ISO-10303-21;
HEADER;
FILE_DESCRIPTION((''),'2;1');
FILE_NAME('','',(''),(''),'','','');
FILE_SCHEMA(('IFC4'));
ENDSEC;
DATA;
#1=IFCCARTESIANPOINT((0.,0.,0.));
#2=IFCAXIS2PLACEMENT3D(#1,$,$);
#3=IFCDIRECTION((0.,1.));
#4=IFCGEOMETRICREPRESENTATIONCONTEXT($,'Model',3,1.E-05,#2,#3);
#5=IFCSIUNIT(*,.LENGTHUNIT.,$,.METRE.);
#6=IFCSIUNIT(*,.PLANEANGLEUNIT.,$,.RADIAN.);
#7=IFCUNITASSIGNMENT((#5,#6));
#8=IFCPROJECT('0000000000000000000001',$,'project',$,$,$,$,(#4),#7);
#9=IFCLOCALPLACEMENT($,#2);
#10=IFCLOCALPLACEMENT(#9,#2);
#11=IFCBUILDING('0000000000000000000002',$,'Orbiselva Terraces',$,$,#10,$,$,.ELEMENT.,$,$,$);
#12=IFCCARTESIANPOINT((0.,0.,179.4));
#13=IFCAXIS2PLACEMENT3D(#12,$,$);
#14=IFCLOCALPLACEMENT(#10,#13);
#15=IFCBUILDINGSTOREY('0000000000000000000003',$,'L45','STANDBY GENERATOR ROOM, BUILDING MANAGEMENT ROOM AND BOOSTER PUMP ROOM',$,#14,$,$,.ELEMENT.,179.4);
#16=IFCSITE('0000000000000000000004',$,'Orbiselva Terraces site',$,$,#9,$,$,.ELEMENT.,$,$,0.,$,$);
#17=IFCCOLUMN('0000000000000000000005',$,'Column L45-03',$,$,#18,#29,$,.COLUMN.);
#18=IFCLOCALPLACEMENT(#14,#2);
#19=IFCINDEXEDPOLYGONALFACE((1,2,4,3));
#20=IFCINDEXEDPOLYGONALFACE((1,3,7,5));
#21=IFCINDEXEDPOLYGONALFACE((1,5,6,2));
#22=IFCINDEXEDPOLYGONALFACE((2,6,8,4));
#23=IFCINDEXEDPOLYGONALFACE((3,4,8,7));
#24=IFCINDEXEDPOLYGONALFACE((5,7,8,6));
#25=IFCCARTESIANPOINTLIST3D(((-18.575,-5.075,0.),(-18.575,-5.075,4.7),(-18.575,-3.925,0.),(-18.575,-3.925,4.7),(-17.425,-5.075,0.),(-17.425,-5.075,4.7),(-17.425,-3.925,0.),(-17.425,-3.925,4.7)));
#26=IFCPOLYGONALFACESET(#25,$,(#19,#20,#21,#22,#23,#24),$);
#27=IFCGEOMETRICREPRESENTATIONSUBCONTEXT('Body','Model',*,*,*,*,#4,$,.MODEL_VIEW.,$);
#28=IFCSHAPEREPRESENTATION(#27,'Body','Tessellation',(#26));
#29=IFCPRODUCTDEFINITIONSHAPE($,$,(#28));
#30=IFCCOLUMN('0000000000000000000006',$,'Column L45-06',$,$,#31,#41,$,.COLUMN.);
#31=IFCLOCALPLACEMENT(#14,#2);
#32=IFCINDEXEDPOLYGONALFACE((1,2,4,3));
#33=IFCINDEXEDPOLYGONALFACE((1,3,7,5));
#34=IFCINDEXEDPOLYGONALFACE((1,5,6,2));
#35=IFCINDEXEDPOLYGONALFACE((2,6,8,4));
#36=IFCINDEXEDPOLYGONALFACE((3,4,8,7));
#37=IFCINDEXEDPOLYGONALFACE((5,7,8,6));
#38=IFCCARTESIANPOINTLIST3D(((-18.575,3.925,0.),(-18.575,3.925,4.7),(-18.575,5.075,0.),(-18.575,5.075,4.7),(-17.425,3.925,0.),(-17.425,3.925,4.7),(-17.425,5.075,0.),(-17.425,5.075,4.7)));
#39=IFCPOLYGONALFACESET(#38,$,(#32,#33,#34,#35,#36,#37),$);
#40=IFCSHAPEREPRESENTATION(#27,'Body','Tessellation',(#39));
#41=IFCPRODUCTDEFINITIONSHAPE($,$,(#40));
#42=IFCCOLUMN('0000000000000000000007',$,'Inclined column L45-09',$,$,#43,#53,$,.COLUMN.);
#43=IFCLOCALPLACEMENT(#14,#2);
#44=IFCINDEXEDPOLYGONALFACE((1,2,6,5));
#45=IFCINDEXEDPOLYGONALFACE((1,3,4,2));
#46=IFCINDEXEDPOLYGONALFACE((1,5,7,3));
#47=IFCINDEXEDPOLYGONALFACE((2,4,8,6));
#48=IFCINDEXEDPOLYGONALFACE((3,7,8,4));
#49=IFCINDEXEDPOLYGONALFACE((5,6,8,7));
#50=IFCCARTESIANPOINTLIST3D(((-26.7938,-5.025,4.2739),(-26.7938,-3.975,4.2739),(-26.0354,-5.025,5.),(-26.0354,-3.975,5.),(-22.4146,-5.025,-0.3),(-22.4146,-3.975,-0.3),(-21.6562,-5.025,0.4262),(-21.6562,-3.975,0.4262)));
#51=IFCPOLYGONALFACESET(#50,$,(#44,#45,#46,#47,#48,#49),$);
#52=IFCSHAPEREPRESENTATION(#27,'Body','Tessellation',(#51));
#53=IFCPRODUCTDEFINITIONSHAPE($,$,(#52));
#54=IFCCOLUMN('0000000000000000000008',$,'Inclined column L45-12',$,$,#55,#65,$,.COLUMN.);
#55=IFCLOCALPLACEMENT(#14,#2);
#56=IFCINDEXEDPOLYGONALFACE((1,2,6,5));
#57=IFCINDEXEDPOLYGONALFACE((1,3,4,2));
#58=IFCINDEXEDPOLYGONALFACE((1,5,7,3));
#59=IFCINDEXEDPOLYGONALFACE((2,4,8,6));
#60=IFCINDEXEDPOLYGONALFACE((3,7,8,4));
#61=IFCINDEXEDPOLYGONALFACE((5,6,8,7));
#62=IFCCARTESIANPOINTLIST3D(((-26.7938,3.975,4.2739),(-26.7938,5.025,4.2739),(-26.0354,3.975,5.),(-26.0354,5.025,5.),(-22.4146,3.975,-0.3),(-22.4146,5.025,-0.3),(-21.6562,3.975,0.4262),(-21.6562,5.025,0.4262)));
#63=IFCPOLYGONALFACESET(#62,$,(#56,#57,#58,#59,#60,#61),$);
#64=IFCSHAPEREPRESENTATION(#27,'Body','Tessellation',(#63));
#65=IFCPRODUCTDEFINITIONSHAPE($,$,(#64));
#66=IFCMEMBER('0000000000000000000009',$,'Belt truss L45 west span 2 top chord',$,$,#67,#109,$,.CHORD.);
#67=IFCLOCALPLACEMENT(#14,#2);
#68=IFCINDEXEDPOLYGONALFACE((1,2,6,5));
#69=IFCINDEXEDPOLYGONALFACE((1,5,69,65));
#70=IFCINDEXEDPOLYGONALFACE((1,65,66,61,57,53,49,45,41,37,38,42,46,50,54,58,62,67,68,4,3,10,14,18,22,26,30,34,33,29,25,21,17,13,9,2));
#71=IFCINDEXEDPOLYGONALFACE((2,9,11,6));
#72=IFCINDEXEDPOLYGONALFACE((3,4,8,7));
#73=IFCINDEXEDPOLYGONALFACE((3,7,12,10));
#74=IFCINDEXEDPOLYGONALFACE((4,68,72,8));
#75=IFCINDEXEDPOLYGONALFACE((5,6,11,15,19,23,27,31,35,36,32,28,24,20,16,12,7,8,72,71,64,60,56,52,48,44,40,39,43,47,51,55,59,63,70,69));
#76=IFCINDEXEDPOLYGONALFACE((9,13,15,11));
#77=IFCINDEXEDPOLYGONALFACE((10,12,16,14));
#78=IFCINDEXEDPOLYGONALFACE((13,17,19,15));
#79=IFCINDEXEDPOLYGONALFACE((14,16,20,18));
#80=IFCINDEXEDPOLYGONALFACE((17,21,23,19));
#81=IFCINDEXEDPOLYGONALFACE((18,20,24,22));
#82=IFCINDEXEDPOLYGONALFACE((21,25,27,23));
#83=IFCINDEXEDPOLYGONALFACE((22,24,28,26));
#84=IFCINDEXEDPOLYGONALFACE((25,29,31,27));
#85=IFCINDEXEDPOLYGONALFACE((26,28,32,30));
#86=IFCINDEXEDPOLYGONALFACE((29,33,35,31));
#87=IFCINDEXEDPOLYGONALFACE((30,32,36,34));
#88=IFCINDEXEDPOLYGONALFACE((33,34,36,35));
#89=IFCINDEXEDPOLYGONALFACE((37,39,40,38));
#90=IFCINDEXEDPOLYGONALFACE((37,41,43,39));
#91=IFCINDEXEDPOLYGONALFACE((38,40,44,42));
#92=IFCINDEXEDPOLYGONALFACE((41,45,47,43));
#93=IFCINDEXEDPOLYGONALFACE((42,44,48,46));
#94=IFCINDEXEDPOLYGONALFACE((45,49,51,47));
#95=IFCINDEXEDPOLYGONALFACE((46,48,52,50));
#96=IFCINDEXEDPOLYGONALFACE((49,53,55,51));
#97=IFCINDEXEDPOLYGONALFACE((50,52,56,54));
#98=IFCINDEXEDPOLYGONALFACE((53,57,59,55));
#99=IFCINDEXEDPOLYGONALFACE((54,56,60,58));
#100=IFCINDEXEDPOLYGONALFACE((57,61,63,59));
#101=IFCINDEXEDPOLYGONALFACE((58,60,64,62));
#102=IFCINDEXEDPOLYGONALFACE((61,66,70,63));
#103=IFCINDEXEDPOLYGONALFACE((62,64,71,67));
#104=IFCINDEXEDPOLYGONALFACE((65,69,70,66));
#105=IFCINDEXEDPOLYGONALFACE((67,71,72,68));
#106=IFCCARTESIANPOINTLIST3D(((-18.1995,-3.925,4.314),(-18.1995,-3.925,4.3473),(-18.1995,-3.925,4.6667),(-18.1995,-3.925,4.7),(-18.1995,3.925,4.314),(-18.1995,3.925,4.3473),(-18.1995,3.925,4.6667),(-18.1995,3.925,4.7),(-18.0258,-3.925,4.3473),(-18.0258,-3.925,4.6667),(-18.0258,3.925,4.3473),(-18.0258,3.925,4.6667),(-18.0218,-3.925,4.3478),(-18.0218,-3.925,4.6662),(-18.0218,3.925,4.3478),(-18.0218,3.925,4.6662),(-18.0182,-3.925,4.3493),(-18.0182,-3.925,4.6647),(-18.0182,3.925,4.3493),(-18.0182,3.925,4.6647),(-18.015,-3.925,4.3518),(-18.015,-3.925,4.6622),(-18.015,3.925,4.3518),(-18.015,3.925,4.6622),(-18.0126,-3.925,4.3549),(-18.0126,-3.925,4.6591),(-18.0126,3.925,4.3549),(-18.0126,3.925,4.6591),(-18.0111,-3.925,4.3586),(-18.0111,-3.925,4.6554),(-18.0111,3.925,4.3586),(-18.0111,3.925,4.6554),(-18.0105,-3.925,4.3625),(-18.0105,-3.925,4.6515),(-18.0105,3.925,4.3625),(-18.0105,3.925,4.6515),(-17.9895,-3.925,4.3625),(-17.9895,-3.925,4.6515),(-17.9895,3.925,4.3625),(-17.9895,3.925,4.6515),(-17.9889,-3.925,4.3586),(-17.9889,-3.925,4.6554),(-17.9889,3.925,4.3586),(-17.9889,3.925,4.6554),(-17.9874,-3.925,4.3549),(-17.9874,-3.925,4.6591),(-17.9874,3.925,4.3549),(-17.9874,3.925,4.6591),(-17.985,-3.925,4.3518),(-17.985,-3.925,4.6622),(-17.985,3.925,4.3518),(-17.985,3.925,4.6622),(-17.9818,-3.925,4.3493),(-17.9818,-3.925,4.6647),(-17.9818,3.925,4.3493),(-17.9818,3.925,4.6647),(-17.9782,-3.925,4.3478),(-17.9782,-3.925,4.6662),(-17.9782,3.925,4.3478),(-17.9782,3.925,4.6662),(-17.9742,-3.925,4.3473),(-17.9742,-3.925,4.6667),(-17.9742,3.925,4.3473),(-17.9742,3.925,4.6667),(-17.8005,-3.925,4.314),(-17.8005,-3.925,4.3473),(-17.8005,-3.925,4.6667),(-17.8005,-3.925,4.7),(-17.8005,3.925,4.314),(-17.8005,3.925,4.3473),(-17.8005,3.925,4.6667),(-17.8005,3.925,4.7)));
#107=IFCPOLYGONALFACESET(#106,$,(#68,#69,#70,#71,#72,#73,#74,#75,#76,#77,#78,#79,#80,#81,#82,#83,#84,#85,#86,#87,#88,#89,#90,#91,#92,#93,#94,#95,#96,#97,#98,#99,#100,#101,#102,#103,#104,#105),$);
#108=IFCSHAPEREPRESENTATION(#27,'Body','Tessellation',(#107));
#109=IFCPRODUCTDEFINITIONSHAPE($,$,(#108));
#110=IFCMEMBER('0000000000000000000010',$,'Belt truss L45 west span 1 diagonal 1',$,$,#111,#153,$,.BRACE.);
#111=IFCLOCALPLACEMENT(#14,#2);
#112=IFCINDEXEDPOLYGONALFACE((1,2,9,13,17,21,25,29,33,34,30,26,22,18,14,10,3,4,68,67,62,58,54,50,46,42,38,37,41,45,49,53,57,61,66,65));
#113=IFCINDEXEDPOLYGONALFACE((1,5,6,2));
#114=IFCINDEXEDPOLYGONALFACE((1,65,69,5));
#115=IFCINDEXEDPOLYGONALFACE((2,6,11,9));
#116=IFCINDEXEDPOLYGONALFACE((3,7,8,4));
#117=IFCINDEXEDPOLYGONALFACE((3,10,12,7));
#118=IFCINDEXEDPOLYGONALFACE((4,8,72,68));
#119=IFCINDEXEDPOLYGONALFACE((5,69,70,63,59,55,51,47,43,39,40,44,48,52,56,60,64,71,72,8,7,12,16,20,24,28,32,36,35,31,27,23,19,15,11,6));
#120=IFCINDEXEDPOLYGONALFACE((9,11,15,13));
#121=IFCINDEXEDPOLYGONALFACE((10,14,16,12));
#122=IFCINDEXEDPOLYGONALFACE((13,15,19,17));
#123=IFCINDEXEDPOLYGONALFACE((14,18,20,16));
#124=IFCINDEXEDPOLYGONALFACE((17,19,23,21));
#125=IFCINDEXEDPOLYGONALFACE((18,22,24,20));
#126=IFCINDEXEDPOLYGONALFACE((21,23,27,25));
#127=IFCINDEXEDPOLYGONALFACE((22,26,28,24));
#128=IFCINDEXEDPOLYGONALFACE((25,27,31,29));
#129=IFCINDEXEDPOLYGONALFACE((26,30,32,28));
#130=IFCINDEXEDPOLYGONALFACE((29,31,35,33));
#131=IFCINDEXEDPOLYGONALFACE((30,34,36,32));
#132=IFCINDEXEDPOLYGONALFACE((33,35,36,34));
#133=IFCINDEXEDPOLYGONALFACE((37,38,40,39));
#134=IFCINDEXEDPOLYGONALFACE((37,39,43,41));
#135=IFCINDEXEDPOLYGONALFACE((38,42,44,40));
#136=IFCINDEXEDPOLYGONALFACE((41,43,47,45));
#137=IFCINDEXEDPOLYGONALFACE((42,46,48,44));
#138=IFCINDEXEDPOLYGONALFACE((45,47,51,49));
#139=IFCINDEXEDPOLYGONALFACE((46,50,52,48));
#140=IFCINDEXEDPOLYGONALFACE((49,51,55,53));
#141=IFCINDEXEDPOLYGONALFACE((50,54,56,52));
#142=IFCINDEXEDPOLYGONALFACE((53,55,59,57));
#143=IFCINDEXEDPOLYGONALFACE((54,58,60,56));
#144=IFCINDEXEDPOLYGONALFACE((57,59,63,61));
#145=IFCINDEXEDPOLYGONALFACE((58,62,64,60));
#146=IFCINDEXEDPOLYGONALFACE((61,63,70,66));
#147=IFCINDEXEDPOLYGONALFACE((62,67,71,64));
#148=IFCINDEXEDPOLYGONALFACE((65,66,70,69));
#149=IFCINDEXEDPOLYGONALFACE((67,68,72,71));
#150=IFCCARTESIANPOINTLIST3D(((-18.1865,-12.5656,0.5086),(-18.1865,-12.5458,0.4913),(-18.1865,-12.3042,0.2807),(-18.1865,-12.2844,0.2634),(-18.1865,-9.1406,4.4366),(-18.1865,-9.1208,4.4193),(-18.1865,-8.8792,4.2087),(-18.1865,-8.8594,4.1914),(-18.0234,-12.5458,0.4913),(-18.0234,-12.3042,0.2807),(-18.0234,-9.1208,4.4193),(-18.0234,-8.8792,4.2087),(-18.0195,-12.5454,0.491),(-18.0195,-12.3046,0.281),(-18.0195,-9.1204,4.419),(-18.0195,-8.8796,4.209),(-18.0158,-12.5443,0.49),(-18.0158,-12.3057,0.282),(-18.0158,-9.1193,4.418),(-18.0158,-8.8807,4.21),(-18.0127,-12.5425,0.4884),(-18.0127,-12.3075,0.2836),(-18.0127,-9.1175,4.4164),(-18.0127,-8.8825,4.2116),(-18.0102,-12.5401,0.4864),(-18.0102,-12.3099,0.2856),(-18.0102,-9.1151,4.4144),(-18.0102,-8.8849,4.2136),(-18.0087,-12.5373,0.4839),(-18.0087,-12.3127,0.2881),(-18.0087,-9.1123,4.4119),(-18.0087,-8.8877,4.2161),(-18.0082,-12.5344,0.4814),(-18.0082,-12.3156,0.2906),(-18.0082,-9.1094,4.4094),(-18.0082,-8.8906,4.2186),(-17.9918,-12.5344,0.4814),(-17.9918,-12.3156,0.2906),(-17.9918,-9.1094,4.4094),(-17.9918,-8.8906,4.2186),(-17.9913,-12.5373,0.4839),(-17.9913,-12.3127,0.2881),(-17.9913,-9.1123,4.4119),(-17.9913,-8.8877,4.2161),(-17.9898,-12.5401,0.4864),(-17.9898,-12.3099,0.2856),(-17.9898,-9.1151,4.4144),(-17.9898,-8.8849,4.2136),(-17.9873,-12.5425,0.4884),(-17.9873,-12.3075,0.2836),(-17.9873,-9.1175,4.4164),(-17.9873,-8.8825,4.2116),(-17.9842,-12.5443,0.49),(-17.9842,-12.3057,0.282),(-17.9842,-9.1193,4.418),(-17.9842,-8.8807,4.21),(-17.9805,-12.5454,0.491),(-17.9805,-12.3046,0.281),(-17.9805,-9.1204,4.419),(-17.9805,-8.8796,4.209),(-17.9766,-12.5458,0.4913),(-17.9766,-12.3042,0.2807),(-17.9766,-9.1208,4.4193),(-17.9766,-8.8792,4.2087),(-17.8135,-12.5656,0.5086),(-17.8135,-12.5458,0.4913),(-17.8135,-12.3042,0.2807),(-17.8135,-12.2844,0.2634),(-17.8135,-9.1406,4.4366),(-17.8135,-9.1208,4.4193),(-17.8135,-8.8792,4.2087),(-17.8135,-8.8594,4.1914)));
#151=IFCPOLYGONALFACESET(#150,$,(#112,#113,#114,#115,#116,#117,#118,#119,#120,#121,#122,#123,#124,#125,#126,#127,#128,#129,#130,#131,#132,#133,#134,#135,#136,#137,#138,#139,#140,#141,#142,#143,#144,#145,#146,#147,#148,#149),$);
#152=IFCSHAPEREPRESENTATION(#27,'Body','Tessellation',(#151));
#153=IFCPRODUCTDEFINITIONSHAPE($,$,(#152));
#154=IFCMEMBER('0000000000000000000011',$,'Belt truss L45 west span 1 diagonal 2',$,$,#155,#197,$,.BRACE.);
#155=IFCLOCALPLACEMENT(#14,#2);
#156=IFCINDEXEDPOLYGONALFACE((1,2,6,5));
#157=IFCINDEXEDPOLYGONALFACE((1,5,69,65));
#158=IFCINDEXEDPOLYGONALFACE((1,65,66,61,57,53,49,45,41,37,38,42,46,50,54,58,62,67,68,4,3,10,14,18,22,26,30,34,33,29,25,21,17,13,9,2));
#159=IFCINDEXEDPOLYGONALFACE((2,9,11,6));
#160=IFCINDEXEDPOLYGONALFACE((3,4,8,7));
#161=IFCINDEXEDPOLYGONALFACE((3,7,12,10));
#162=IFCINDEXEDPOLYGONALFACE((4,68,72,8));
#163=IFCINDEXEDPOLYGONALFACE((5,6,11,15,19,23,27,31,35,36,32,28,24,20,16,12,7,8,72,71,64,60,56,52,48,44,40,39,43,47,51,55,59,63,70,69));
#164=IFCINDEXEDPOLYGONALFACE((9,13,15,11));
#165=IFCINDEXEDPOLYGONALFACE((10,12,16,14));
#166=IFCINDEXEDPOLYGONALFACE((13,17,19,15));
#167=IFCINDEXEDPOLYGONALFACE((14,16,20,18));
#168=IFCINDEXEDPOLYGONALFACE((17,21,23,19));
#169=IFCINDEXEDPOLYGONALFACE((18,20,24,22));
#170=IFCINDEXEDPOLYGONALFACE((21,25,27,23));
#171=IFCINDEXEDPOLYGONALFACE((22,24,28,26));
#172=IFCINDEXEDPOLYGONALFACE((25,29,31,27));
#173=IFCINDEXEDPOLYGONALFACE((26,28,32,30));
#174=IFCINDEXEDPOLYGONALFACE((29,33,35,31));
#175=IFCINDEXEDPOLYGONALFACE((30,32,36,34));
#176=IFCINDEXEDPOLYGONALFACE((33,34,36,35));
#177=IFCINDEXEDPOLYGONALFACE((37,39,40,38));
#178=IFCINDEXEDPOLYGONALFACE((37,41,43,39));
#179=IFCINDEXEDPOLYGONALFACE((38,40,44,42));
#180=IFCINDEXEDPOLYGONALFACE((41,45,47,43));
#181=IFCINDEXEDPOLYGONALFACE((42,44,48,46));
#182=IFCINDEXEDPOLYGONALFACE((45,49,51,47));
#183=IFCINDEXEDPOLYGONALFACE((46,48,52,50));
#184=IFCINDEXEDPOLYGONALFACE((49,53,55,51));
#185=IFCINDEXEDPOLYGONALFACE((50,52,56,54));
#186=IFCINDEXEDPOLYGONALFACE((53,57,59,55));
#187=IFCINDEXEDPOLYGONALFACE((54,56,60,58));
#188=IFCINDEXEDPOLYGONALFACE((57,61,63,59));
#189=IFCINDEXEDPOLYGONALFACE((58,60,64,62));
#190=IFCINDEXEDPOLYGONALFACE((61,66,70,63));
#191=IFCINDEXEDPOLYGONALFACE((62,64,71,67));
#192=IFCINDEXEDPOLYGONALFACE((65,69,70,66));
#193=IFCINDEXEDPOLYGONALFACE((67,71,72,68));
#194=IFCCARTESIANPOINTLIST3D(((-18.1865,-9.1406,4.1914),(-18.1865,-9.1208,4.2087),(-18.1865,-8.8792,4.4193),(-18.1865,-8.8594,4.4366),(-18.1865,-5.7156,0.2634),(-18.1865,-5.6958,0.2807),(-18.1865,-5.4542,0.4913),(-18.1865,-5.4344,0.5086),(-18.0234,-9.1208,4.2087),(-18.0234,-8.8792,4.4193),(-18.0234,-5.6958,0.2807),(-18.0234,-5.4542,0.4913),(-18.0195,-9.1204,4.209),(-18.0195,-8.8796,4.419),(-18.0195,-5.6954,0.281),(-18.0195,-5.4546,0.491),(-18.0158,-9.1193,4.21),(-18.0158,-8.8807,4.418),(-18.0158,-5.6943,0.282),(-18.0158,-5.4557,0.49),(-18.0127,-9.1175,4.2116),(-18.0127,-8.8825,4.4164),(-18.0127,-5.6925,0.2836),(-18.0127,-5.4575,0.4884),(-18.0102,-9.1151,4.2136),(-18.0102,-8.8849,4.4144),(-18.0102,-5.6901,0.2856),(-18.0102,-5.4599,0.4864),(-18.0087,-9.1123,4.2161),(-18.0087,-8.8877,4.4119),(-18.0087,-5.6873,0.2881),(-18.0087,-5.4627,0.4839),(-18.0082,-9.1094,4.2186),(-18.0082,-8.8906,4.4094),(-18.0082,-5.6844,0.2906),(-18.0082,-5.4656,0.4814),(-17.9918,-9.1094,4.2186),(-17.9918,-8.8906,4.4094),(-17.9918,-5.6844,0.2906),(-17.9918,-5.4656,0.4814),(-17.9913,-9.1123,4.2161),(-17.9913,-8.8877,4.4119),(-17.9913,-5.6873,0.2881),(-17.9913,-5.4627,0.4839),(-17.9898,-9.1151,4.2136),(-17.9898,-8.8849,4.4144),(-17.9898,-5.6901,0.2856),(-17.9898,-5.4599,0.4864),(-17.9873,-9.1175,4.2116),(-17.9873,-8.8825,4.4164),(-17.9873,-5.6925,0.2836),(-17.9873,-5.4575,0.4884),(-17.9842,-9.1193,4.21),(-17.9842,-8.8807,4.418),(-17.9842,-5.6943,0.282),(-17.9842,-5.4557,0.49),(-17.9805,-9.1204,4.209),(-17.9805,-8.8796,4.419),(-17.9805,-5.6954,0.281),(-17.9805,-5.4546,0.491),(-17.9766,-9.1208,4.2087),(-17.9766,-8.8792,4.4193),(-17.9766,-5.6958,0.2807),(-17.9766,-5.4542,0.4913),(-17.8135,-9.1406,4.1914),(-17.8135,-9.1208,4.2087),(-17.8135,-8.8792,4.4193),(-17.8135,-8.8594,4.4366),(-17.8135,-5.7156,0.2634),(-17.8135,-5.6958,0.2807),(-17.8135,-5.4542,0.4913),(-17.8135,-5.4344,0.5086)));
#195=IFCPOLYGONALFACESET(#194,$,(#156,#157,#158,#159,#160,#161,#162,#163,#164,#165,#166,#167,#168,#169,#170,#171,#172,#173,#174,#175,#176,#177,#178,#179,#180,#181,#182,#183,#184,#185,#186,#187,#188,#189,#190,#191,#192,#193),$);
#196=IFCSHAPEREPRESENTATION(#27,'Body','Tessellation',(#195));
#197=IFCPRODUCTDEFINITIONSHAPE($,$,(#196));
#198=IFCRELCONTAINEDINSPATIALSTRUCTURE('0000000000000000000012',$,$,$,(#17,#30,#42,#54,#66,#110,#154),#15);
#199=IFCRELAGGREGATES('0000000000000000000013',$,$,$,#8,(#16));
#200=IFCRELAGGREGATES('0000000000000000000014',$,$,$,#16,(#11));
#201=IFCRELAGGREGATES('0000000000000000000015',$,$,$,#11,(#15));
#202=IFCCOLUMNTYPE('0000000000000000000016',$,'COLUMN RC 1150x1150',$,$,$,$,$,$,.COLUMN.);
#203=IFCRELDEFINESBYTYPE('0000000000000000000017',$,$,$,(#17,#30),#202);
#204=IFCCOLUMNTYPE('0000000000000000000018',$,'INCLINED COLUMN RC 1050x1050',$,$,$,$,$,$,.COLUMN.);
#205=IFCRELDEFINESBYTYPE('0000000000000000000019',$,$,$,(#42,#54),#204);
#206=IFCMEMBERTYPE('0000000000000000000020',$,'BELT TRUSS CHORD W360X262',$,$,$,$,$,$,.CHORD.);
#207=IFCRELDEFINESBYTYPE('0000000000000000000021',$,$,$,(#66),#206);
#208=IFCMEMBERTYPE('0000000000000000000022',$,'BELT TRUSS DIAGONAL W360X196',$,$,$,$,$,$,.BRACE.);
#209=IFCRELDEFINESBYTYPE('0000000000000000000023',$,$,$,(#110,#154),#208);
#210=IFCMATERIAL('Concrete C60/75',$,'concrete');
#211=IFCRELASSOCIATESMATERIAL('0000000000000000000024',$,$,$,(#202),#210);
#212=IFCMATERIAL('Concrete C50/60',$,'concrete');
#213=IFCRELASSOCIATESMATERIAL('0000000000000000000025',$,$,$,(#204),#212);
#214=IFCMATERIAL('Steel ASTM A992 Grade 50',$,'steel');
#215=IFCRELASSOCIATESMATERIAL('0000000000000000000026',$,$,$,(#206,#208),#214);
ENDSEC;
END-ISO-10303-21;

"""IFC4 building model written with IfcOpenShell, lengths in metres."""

from ifc_helpers import new_model, si_unit, direction, frame, origin, origin_2d, place, context, subcontext, project, spatial, rectangle, i_section, extrude, material, material_profile, profile_set, type_object, element, save


model = new_model("IFC4")

# Units and contexts
model_context = context("Model", 3, precision=1e-05, world=origin(), true_north=direction((0.0, 1.0)))
body_context = subcontext(model_context, "Body", "Model", "MODEL_VIEW")
ifc_project = project(units=[si_unit("LENGTHUNIT", "METRE"), si_unit("PLANEANGLEUNIT", "RADIAN")], contexts=[model_context])

# Site, building, storey
site_placement = place(None, origin())
site = spatial("IfcSite", under=ifc_project, at=site_placement, Name="Orbiselva Terraces site", CompositionType="ELEMENT", RefElevation=0.0)
building_placement = place(site_placement, origin())
building = spatial("IfcBuilding", under=site, at=building_placement, Name="Orbiselva Terraces", CompositionType="ELEMENT")
storey_placement = place(building_placement, frame((0.0, 0.0, 179.4)))
storey = spatial("IfcBuildingStorey", under=building, at=storey_placement, Name="L45", Description="STANDBY GENERATOR ROOM, BUILDING MANAGEMENT ROOM AND BOOSTER PUMP ROOM", CompositionType="ELEMENT", Elevation=179.4)

# Columns
ifc_material_1 = material(Name="Concrete C60/75", Category="concrete")
ifc_material_profile_1 = material_profile(ifc_material_1, rectangle(XDim=1.15, YDim=1.15, at=origin_2d()), Name="RC 1150x1150")
ifc_profile_set_1 = profile_set([ifc_material_profile_1], Name="Concrete C60/75")
column_type_1 = type_object("IfcColumnType", Name="COLUMN RC 1150x1150", PredefinedType="COLUMN", material=ifc_profile_set_1)
for number, where, z_axis, x_axis, name in (
    (1, (-18.0, -4.5, 0.0), (0.0, 0.0, 1.0), (1.0, 0.0, 0.0), "Column L45-03"),
    (2, (-18.0, 4.5, 0.0), (0.0, 0.0, 1.0), (1.0, 0.0, 0.0), "Column L45-06"),
):
    element("IfcColumn", number, at=place(storey_placement, frame(where, z_axis=z_axis, x_axis=x_axis)), inside=storey, type_object=column_type_1, Name=name, PredefinedType="COLUMN", context=body_context, shape_type="SweptSolid", body=[
        extrude(rectangle(XDim=1.15, YDim=1.15, at=origin_2d()), origin(), (0.0, 0.0, 1.0), 4.7),
    ])
ifc_material_2 = material(Name="Concrete C50/60", Category="concrete")
ifc_material_profile_2 = material_profile(ifc_material_2, rectangle(XDim=1.05, YDim=1.05, at=origin_2d()), Name="RC 1050x1050")
ifc_profile_set_2 = profile_set([ifc_material_profile_2], Name="Concrete C50/60")
column_type_2 = type_object("IfcColumnType", Name="INCLINED COLUMN RC 1050x1050", PredefinedType="COLUMN", material=ifc_profile_set_2)
for number, where, z_axis, x_axis, name in (
    (3, (-22.0354, -4.5, 0.0631), (-0.691571, 0.0, 0.722308), (0.0, -1.0, 0.0), "Inclined column L45-09"),
    (4, (-22.0354, 4.5, 0.0631), (-0.691571, 0.0, 0.722308), (0.0, -1.0, 0.0), "Inclined column L45-12"),
):
    element("IfcColumn", number, at=place(storey_placement, frame(where, z_axis=z_axis, x_axis=x_axis)), inside=storey, type_object=column_type_2, Name=name, PredefinedType="COLUMN", context=body_context, shape_type="SweptSolid", body=[
        extrude(rectangle(XDim=1.05, YDim=1.05, at=origin_2d()), origin(), (0.0, 0.0, 1.0), 6.3323),
    ])

# Members
ifc_material_3 = material(Name="Steel ASTM A992 Grade 50", Category="steel")
ifc_material_profile_3 = material_profile(ifc_material_3, i_section(OverallWidth=0.399, OverallDepth=0.386, WebThickness=0.0211, FlangeThickness=0.0333, FilletRadius=0.0152, at=origin_2d()), Name="W360X262")
ifc_profile_set_3 = profile_set([ifc_material_profile_3], Name="Steel ASTM A992 Grade 50")
member_type_1 = type_object("IfcMemberType", Name="BELT TRUSS CHORD W360X262", PredefinedType="CHORD", material=ifc_profile_set_3)
member_1_placement = place(storey_placement, frame((-18.0, -3.925, 4.507), z_axis=(0.0, 1.0, 0.0), x_axis=(-1.0, 0.0, 0.0)))
element("IfcMember", 5, at=member_1_placement, inside=storey, type_object=member_type_1, Name="Belt truss L45 west span 2 top chord", PredefinedType="CHORD", context=body_context, shape_type="SweptSolid", body=[
    extrude(i_section(OverallWidth=0.399, OverallDepth=0.386, WebThickness=0.0211, FlangeThickness=0.0333, FilletRadius=0.0152, at=origin_2d()), origin(), (0.0, 0.0, 1.0), 7.85),
])
ifc_material_profile_4 = material_profile(ifc_material_3, i_section(OverallWidth=0.373, OverallDepth=0.373, WebThickness=0.0164, FlangeThickness=0.0262, FilletRadius=0.0152, at=origin_2d()), Name="W360X196")
ifc_profile_set_4 = profile_set([ifc_material_profile_4], Name="Steel ASTM A992 Grade 50")
member_type_2 = type_object("IfcMemberType", Name="BELT TRUSS DIAGONAL W360X196", PredefinedType="BRACE", material=ifc_profile_set_4)
for number, where, z_axis, x_axis, name in (
    (6, (-18.0, -12.425, 0.386), (0.0, 0.657199, 0.753717), (-1.0, 0.0, 0.0), "Belt truss L45 west span 1 diagonal 1"),
    (7, (-18.0, -9.0, 4.314), (0.0, 0.657199, -0.753717), (-1.0, 0.0, 0.0), "Belt truss L45 west span 1 diagonal 2"),
):
    element("IfcMember", number, at=place(storey_placement, frame(where, z_axis=z_axis, x_axis=x_axis)), inside=storey, type_object=member_type_2, Name=name, PredefinedType="BRACE", context=body_context, shape_type="SweptSolid", body=[
        extrude(i_section(OverallWidth=0.373, OverallDepth=0.373, WebThickness=0.0164, FlangeThickness=0.0262, FilletRadius=0.0152, at=origin_2d()), origin(), (0.0, 0.0, 1.0), 5.2115),
    ])

save(model, "model.ifc")
